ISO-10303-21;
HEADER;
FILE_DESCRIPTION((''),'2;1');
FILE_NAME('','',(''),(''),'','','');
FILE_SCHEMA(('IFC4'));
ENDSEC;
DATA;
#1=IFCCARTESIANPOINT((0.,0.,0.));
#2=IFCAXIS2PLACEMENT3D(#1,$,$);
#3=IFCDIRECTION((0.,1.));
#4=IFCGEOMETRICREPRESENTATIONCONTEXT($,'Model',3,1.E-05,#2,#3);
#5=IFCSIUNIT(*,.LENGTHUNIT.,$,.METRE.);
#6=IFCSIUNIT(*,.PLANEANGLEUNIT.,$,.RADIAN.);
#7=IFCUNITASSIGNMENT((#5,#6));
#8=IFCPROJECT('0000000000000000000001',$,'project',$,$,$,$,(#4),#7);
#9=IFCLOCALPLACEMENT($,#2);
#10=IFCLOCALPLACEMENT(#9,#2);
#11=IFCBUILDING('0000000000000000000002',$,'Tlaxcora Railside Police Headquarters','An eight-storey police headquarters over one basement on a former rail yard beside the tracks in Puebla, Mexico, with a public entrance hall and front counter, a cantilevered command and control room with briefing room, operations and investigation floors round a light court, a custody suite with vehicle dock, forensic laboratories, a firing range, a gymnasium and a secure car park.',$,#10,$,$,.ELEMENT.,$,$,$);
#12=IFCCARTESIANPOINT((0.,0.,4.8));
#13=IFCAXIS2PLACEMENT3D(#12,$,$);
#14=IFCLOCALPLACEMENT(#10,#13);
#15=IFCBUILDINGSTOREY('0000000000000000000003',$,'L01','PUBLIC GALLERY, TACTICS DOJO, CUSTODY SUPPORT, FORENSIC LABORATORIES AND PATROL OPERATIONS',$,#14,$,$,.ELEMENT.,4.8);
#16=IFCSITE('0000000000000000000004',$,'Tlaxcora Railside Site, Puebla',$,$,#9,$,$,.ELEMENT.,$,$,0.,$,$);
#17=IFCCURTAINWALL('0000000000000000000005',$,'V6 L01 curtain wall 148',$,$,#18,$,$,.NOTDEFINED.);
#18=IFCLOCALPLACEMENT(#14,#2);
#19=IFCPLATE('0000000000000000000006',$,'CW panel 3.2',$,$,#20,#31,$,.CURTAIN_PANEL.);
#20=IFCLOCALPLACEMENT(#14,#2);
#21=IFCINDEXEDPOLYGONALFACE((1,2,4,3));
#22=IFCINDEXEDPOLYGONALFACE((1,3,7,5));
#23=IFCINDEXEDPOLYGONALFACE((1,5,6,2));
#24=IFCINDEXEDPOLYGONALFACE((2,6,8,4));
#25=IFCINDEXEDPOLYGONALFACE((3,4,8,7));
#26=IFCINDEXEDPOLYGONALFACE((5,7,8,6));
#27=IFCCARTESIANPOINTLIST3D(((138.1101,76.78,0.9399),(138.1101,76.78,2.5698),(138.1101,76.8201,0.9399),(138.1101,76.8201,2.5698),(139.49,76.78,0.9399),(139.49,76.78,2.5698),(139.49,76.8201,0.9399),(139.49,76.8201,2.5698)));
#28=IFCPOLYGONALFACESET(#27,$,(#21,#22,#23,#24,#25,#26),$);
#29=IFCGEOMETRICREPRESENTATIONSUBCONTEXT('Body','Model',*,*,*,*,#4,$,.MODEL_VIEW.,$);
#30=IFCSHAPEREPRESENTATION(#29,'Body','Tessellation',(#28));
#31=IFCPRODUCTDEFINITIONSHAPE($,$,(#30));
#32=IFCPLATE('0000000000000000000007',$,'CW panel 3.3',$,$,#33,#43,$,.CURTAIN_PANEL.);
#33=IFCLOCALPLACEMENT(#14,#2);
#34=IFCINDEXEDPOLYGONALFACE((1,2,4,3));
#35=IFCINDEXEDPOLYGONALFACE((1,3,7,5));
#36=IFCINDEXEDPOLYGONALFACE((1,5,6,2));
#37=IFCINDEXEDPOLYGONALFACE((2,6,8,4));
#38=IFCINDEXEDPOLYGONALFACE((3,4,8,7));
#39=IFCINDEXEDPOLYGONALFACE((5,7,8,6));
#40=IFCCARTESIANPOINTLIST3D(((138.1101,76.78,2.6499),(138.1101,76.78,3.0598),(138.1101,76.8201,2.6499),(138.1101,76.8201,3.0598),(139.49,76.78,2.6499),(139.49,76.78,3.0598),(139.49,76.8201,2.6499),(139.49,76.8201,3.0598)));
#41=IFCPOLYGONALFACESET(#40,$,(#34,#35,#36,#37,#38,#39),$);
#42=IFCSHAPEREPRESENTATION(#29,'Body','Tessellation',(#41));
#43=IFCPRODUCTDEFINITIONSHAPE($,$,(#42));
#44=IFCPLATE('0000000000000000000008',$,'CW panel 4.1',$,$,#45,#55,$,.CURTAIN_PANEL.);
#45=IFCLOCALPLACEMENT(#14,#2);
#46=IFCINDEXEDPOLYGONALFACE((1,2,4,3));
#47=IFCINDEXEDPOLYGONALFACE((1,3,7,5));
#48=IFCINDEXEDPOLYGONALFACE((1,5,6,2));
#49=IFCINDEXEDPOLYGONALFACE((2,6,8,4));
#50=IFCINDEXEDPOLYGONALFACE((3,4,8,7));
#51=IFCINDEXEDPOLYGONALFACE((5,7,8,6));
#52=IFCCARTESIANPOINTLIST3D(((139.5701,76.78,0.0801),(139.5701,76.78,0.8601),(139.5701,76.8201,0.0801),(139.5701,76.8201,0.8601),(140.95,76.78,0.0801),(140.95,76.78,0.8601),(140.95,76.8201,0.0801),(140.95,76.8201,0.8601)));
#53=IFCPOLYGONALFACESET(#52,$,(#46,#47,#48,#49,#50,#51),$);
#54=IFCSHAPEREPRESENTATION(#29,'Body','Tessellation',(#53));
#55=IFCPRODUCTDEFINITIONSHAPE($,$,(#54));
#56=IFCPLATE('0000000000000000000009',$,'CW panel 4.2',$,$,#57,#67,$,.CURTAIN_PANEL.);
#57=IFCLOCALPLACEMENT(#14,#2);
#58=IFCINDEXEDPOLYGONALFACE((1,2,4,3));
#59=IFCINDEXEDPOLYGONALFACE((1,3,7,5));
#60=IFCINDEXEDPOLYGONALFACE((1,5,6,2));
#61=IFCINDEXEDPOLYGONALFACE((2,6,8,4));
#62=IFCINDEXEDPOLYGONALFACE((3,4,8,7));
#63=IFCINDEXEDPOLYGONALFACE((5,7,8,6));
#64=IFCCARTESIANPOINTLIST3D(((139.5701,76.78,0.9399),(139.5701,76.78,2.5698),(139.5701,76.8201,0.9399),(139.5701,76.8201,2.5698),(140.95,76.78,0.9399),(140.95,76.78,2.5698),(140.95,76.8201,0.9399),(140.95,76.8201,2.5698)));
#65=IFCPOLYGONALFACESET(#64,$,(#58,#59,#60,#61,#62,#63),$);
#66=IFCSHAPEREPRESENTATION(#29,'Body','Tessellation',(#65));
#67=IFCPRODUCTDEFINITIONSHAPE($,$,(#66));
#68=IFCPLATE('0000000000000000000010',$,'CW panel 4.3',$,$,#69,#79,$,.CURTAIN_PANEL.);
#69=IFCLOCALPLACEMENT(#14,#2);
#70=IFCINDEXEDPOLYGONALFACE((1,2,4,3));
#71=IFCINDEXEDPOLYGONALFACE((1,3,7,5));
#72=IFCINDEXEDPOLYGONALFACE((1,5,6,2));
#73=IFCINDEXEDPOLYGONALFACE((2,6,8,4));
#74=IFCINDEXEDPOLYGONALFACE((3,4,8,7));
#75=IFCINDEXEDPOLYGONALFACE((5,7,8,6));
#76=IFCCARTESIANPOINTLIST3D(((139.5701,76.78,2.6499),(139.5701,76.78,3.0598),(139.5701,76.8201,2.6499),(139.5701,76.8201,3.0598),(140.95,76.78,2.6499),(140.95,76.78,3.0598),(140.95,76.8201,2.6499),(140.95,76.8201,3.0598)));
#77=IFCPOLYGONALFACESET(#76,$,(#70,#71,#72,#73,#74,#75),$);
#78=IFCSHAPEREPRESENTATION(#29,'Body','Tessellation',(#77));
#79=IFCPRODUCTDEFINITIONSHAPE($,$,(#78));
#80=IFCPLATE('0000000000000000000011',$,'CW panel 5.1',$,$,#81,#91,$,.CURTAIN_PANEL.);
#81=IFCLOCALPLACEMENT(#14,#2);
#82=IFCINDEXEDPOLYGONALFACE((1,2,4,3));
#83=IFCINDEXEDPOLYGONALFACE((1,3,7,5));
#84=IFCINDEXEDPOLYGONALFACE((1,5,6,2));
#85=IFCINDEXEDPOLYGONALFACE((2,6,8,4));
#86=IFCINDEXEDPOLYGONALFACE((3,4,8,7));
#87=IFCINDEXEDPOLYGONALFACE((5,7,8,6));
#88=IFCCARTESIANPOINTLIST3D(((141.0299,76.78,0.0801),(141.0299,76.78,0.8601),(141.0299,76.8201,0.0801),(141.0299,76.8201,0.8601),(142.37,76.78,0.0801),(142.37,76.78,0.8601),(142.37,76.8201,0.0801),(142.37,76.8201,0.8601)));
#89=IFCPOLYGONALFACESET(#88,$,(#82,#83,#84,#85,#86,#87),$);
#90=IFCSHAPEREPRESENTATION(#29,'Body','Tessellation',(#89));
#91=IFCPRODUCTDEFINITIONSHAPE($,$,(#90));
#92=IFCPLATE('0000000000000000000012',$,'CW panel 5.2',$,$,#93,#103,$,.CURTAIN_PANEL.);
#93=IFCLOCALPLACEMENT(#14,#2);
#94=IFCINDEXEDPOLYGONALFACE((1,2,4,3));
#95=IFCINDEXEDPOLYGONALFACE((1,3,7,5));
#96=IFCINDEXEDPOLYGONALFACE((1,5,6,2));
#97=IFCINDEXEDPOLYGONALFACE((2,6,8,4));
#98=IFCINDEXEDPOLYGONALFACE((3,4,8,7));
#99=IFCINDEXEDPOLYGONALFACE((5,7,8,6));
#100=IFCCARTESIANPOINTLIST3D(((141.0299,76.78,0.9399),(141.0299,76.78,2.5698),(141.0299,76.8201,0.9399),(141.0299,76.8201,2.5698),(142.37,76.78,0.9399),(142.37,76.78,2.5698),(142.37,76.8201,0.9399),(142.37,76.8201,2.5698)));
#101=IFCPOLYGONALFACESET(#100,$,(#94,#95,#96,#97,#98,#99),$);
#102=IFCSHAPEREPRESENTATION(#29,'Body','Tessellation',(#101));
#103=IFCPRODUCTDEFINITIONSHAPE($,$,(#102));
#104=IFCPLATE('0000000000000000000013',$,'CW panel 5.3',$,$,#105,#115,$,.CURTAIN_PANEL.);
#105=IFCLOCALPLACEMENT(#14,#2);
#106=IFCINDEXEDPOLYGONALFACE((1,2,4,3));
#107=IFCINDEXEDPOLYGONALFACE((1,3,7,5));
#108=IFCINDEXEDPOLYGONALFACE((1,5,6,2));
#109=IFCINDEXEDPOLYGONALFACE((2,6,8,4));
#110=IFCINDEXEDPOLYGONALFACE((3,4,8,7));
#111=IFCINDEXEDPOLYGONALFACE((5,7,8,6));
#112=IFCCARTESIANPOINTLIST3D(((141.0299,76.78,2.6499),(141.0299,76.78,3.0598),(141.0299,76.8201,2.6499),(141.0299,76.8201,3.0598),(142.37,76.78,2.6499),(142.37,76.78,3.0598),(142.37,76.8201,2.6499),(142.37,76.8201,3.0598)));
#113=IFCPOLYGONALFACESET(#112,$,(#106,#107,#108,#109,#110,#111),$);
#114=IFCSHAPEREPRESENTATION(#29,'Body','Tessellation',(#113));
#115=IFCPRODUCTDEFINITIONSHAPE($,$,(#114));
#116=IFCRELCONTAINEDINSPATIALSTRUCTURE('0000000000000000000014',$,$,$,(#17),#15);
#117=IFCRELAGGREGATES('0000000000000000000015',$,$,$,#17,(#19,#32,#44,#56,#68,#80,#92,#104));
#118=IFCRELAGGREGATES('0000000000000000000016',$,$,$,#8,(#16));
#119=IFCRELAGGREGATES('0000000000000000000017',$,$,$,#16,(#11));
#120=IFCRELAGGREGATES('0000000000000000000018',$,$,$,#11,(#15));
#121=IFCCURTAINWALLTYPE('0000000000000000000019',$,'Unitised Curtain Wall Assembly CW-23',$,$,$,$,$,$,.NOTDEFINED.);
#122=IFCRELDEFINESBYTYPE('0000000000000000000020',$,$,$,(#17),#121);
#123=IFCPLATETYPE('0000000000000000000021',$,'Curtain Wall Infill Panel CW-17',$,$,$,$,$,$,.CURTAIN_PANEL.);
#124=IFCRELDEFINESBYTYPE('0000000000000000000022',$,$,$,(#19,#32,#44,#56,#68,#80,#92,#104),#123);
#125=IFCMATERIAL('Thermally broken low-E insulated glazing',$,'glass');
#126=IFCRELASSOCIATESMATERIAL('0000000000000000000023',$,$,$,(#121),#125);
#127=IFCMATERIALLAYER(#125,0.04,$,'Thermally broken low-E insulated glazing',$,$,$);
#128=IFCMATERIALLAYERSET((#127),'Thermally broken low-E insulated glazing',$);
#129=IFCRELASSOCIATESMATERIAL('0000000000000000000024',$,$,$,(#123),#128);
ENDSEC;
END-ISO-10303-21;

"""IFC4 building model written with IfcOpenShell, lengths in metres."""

from ifc_helpers import new_model, si_unit, direction, frame, origin, origin_2d, place, context, subcontext, project, spatial, rectangle, extrude, material, layer, layer_set, type_object, element, aggregate, save


model = new_model("IFC4")

# Units and contexts
model_context = context("Model", 3, precision=1e-05, world=origin(), true_north=direction((0.0, 1.0)))
body_context = subcontext(model_context, "Body", "Model", "MODEL_VIEW")
ifc_project = project(units=[si_unit("LENGTHUNIT", "METRE"), si_unit("PLANEANGLEUNIT", "RADIAN")], contexts=[model_context])

# Site, building, storey
site_placement = place(None, origin())
site = spatial("IfcSite", under=ifc_project, at=site_placement, Name="Tlaxcora Railside Site, Puebla", CompositionType="ELEMENT", RefElevation=0.0)
building_placement = place(site_placement, origin())
building = spatial("IfcBuilding", under=site, at=building_placement, Name="Tlaxcora Railside Police Headquarters", Description="An eight-storey police headquarters over one basement on a former rail yard beside the tracks in Puebla, Mexico, with a public entrance hall and front counter, a cantilevered command and control room with briefing room, operations and investigation floors round a light court, a custody suite with vehicle dock, forensic laboratories, a firing range, a gymnasium and a secure car park.", CompositionType="ELEMENT")
storey_placement = place(building_placement, frame((0.0, 0.0, 4.8)))
storey = spatial("IfcBuildingStorey", under=building, at=storey_placement, Name="L01", Description="PUBLIC GALLERY, TACTICS DOJO, CUSTODY SUPPORT, FORENSIC LABORATORIES AND PATROL OPERATIONS", CompositionType="ELEMENT", Elevation=4.8)

# Curtain wall
ifc_material_1 = material(Name="Thermally broken low-E insulated glazing", Category="glass")
curtain_wall_type_1 = type_object("IfcCurtainWallType", Name="Unitised Curtain Wall Assembly CW-23", PredefinedType="NOTDEFINED", material=ifc_material_1)
curtain_wall_1_placement = place(storey_placement, origin())
curtain_wall_1 = element("IfcCurtainWall", 1, at=curtain_wall_1_placement, inside=storey, type_object=curtain_wall_type_1, Name="V6 L01 curtain wall 148", PredefinedType="NOTDEFINED")

# Plates
ifc_layer = layer(ifc_material_1, 0.04, Name="Thermally broken low-E insulated glazing")
ifc_layer_set = layer_set([ifc_layer], Name="Thermally broken low-E insulated glazing")
plate_type = type_object("IfcPlateType", Name="Curtain Wall Infill Panel CW-17", PredefinedType="CURTAIN_PANEL", material=ifc_layer_set)
plate_1_placement = place(storey_placement, frame((138.8, 76.8, 0.9399), z_axis=(0.0, 0.0, 1.0), x_axis=(1.0, 0.0, 0.0)))
plate_1 = element("IfcPlate", 2, at=plate_1_placement, type_object=plate_type, Name="CW panel 3.2", PredefinedType="CURTAIN_PANEL", context=body_context, shape_type="SweptSolid", body=[
    extrude(rectangle(XDim=1.3799, YDim=0.04, at=origin_2d()), origin(), (0.0, 0.0, 1.0), 1.6299),
])
plate_2_placement = place(storey_placement, frame((138.8, 76.8, 2.6499), z_axis=(0.0, 0.0, 1.0), x_axis=(1.0, 0.0, 0.0)))
plate_2 = element("IfcPlate", 3, at=plate_2_placement, type_object=plate_type, Name="CW panel 3.3", PredefinedType="CURTAIN_PANEL", context=body_context, shape_type="SweptSolid", body=[
    extrude(rectangle(XDim=1.3799, YDim=0.04, at=origin_2d()), origin(), (0.0, 0.0, 1.0), 0.4099),
])
plate_3_placement = place(storey_placement, frame((140.26, 76.8, 0.0801), z_axis=(0.0, 0.0, 1.0), x_axis=(1.0, 0.0, 0.0)))
plate_3 = element("IfcPlate", 4, at=plate_3_placement, type_object=plate_type, Name="CW panel 4.1", PredefinedType="CURTAIN_PANEL", context=body_context, shape_type="SweptSolid", body=[
    extrude(rectangle(XDim=1.3799, YDim=0.04, at=origin_2d()), origin(), (0.0, 0.0, 1.0), 0.78),
])
plate_4_placement = place(storey_placement, frame((140.26, 76.8, 0.9399), z_axis=(0.0, 0.0, 1.0), x_axis=(1.0, 0.0, 0.0)))
plate_4 = element("IfcPlate", 5, at=plate_4_placement, type_object=plate_type, Name="CW panel 4.2", PredefinedType="CURTAIN_PANEL", context=body_context, shape_type="SweptSolid", body=[
    extrude(rectangle(XDim=1.3799, YDim=0.04, at=origin_2d()), origin(), (0.0, 0.0, 1.0), 1.6299),
])
plate_5_placement = place(storey_placement, frame((140.26, 76.8, 2.6499), z_axis=(0.0, 0.0, 1.0), x_axis=(1.0, 0.0, 0.0)))
plate_5 = element("IfcPlate", 6, at=plate_5_placement, type_object=plate_type, Name="CW panel 4.3", PredefinedType="CURTAIN_PANEL", context=body_context, shape_type="SweptSolid", body=[
    extrude(rectangle(XDim=1.3799, YDim=0.04, at=origin_2d()), origin(), (0.0, 0.0, 1.0), 0.4099),
])
plate_6_placement = place(storey_placement, frame((141.7, 76.8, 0.0801), z_axis=(0.0, 0.0, 1.0), x_axis=(1.0, 0.0, 0.0)))
plate_6 = element("IfcPlate", 7, at=plate_6_placement, type_object=plate_type, Name="CW panel 5.1", PredefinedType="CURTAIN_PANEL", context=body_context, shape_type="SweptSolid", body=[
    extrude(rectangle(XDim=1.3401, YDim=0.04, at=origin_2d()), origin(), (0.0, 0.0, 1.0), 0.78),
])
plate_7_placement = place(storey_placement, frame((141.7, 76.8, 0.9399), z_axis=(0.0, 0.0, 1.0), x_axis=(1.0, 0.0, 0.0)))
plate_7 = element("IfcPlate", 8, at=plate_7_placement, type_object=plate_type, Name="CW panel 5.2", PredefinedType="CURTAIN_PANEL", context=body_context, shape_type="SweptSolid", body=[
    extrude(rectangle(XDim=1.3401, YDim=0.04, at=origin_2d()), origin(), (0.0, 0.0, 1.0), 1.6299),
])
plate_8_placement = place(storey_placement, frame((141.7, 76.8, 2.6499), z_axis=(0.0, 0.0, 1.0), x_axis=(1.0, 0.0, 0.0)))
plate_8 = element("IfcPlate", 9, at=plate_8_placement, type_object=plate_type, Name="CW panel 5.3", PredefinedType="CURTAIN_PANEL", context=body_context, shape_type="SweptSolid", body=[
    extrude(rectangle(XDim=1.3401, YDim=0.04, at=origin_2d()), origin(), (0.0, 0.0, 1.0), 0.4099),
])
aggregate(curtain_wall_1, [plate_1, plate_2, plate_3, plate_4, plate_5, plate_6, plate_7, plate_8])

save(model, "model.ifc")
